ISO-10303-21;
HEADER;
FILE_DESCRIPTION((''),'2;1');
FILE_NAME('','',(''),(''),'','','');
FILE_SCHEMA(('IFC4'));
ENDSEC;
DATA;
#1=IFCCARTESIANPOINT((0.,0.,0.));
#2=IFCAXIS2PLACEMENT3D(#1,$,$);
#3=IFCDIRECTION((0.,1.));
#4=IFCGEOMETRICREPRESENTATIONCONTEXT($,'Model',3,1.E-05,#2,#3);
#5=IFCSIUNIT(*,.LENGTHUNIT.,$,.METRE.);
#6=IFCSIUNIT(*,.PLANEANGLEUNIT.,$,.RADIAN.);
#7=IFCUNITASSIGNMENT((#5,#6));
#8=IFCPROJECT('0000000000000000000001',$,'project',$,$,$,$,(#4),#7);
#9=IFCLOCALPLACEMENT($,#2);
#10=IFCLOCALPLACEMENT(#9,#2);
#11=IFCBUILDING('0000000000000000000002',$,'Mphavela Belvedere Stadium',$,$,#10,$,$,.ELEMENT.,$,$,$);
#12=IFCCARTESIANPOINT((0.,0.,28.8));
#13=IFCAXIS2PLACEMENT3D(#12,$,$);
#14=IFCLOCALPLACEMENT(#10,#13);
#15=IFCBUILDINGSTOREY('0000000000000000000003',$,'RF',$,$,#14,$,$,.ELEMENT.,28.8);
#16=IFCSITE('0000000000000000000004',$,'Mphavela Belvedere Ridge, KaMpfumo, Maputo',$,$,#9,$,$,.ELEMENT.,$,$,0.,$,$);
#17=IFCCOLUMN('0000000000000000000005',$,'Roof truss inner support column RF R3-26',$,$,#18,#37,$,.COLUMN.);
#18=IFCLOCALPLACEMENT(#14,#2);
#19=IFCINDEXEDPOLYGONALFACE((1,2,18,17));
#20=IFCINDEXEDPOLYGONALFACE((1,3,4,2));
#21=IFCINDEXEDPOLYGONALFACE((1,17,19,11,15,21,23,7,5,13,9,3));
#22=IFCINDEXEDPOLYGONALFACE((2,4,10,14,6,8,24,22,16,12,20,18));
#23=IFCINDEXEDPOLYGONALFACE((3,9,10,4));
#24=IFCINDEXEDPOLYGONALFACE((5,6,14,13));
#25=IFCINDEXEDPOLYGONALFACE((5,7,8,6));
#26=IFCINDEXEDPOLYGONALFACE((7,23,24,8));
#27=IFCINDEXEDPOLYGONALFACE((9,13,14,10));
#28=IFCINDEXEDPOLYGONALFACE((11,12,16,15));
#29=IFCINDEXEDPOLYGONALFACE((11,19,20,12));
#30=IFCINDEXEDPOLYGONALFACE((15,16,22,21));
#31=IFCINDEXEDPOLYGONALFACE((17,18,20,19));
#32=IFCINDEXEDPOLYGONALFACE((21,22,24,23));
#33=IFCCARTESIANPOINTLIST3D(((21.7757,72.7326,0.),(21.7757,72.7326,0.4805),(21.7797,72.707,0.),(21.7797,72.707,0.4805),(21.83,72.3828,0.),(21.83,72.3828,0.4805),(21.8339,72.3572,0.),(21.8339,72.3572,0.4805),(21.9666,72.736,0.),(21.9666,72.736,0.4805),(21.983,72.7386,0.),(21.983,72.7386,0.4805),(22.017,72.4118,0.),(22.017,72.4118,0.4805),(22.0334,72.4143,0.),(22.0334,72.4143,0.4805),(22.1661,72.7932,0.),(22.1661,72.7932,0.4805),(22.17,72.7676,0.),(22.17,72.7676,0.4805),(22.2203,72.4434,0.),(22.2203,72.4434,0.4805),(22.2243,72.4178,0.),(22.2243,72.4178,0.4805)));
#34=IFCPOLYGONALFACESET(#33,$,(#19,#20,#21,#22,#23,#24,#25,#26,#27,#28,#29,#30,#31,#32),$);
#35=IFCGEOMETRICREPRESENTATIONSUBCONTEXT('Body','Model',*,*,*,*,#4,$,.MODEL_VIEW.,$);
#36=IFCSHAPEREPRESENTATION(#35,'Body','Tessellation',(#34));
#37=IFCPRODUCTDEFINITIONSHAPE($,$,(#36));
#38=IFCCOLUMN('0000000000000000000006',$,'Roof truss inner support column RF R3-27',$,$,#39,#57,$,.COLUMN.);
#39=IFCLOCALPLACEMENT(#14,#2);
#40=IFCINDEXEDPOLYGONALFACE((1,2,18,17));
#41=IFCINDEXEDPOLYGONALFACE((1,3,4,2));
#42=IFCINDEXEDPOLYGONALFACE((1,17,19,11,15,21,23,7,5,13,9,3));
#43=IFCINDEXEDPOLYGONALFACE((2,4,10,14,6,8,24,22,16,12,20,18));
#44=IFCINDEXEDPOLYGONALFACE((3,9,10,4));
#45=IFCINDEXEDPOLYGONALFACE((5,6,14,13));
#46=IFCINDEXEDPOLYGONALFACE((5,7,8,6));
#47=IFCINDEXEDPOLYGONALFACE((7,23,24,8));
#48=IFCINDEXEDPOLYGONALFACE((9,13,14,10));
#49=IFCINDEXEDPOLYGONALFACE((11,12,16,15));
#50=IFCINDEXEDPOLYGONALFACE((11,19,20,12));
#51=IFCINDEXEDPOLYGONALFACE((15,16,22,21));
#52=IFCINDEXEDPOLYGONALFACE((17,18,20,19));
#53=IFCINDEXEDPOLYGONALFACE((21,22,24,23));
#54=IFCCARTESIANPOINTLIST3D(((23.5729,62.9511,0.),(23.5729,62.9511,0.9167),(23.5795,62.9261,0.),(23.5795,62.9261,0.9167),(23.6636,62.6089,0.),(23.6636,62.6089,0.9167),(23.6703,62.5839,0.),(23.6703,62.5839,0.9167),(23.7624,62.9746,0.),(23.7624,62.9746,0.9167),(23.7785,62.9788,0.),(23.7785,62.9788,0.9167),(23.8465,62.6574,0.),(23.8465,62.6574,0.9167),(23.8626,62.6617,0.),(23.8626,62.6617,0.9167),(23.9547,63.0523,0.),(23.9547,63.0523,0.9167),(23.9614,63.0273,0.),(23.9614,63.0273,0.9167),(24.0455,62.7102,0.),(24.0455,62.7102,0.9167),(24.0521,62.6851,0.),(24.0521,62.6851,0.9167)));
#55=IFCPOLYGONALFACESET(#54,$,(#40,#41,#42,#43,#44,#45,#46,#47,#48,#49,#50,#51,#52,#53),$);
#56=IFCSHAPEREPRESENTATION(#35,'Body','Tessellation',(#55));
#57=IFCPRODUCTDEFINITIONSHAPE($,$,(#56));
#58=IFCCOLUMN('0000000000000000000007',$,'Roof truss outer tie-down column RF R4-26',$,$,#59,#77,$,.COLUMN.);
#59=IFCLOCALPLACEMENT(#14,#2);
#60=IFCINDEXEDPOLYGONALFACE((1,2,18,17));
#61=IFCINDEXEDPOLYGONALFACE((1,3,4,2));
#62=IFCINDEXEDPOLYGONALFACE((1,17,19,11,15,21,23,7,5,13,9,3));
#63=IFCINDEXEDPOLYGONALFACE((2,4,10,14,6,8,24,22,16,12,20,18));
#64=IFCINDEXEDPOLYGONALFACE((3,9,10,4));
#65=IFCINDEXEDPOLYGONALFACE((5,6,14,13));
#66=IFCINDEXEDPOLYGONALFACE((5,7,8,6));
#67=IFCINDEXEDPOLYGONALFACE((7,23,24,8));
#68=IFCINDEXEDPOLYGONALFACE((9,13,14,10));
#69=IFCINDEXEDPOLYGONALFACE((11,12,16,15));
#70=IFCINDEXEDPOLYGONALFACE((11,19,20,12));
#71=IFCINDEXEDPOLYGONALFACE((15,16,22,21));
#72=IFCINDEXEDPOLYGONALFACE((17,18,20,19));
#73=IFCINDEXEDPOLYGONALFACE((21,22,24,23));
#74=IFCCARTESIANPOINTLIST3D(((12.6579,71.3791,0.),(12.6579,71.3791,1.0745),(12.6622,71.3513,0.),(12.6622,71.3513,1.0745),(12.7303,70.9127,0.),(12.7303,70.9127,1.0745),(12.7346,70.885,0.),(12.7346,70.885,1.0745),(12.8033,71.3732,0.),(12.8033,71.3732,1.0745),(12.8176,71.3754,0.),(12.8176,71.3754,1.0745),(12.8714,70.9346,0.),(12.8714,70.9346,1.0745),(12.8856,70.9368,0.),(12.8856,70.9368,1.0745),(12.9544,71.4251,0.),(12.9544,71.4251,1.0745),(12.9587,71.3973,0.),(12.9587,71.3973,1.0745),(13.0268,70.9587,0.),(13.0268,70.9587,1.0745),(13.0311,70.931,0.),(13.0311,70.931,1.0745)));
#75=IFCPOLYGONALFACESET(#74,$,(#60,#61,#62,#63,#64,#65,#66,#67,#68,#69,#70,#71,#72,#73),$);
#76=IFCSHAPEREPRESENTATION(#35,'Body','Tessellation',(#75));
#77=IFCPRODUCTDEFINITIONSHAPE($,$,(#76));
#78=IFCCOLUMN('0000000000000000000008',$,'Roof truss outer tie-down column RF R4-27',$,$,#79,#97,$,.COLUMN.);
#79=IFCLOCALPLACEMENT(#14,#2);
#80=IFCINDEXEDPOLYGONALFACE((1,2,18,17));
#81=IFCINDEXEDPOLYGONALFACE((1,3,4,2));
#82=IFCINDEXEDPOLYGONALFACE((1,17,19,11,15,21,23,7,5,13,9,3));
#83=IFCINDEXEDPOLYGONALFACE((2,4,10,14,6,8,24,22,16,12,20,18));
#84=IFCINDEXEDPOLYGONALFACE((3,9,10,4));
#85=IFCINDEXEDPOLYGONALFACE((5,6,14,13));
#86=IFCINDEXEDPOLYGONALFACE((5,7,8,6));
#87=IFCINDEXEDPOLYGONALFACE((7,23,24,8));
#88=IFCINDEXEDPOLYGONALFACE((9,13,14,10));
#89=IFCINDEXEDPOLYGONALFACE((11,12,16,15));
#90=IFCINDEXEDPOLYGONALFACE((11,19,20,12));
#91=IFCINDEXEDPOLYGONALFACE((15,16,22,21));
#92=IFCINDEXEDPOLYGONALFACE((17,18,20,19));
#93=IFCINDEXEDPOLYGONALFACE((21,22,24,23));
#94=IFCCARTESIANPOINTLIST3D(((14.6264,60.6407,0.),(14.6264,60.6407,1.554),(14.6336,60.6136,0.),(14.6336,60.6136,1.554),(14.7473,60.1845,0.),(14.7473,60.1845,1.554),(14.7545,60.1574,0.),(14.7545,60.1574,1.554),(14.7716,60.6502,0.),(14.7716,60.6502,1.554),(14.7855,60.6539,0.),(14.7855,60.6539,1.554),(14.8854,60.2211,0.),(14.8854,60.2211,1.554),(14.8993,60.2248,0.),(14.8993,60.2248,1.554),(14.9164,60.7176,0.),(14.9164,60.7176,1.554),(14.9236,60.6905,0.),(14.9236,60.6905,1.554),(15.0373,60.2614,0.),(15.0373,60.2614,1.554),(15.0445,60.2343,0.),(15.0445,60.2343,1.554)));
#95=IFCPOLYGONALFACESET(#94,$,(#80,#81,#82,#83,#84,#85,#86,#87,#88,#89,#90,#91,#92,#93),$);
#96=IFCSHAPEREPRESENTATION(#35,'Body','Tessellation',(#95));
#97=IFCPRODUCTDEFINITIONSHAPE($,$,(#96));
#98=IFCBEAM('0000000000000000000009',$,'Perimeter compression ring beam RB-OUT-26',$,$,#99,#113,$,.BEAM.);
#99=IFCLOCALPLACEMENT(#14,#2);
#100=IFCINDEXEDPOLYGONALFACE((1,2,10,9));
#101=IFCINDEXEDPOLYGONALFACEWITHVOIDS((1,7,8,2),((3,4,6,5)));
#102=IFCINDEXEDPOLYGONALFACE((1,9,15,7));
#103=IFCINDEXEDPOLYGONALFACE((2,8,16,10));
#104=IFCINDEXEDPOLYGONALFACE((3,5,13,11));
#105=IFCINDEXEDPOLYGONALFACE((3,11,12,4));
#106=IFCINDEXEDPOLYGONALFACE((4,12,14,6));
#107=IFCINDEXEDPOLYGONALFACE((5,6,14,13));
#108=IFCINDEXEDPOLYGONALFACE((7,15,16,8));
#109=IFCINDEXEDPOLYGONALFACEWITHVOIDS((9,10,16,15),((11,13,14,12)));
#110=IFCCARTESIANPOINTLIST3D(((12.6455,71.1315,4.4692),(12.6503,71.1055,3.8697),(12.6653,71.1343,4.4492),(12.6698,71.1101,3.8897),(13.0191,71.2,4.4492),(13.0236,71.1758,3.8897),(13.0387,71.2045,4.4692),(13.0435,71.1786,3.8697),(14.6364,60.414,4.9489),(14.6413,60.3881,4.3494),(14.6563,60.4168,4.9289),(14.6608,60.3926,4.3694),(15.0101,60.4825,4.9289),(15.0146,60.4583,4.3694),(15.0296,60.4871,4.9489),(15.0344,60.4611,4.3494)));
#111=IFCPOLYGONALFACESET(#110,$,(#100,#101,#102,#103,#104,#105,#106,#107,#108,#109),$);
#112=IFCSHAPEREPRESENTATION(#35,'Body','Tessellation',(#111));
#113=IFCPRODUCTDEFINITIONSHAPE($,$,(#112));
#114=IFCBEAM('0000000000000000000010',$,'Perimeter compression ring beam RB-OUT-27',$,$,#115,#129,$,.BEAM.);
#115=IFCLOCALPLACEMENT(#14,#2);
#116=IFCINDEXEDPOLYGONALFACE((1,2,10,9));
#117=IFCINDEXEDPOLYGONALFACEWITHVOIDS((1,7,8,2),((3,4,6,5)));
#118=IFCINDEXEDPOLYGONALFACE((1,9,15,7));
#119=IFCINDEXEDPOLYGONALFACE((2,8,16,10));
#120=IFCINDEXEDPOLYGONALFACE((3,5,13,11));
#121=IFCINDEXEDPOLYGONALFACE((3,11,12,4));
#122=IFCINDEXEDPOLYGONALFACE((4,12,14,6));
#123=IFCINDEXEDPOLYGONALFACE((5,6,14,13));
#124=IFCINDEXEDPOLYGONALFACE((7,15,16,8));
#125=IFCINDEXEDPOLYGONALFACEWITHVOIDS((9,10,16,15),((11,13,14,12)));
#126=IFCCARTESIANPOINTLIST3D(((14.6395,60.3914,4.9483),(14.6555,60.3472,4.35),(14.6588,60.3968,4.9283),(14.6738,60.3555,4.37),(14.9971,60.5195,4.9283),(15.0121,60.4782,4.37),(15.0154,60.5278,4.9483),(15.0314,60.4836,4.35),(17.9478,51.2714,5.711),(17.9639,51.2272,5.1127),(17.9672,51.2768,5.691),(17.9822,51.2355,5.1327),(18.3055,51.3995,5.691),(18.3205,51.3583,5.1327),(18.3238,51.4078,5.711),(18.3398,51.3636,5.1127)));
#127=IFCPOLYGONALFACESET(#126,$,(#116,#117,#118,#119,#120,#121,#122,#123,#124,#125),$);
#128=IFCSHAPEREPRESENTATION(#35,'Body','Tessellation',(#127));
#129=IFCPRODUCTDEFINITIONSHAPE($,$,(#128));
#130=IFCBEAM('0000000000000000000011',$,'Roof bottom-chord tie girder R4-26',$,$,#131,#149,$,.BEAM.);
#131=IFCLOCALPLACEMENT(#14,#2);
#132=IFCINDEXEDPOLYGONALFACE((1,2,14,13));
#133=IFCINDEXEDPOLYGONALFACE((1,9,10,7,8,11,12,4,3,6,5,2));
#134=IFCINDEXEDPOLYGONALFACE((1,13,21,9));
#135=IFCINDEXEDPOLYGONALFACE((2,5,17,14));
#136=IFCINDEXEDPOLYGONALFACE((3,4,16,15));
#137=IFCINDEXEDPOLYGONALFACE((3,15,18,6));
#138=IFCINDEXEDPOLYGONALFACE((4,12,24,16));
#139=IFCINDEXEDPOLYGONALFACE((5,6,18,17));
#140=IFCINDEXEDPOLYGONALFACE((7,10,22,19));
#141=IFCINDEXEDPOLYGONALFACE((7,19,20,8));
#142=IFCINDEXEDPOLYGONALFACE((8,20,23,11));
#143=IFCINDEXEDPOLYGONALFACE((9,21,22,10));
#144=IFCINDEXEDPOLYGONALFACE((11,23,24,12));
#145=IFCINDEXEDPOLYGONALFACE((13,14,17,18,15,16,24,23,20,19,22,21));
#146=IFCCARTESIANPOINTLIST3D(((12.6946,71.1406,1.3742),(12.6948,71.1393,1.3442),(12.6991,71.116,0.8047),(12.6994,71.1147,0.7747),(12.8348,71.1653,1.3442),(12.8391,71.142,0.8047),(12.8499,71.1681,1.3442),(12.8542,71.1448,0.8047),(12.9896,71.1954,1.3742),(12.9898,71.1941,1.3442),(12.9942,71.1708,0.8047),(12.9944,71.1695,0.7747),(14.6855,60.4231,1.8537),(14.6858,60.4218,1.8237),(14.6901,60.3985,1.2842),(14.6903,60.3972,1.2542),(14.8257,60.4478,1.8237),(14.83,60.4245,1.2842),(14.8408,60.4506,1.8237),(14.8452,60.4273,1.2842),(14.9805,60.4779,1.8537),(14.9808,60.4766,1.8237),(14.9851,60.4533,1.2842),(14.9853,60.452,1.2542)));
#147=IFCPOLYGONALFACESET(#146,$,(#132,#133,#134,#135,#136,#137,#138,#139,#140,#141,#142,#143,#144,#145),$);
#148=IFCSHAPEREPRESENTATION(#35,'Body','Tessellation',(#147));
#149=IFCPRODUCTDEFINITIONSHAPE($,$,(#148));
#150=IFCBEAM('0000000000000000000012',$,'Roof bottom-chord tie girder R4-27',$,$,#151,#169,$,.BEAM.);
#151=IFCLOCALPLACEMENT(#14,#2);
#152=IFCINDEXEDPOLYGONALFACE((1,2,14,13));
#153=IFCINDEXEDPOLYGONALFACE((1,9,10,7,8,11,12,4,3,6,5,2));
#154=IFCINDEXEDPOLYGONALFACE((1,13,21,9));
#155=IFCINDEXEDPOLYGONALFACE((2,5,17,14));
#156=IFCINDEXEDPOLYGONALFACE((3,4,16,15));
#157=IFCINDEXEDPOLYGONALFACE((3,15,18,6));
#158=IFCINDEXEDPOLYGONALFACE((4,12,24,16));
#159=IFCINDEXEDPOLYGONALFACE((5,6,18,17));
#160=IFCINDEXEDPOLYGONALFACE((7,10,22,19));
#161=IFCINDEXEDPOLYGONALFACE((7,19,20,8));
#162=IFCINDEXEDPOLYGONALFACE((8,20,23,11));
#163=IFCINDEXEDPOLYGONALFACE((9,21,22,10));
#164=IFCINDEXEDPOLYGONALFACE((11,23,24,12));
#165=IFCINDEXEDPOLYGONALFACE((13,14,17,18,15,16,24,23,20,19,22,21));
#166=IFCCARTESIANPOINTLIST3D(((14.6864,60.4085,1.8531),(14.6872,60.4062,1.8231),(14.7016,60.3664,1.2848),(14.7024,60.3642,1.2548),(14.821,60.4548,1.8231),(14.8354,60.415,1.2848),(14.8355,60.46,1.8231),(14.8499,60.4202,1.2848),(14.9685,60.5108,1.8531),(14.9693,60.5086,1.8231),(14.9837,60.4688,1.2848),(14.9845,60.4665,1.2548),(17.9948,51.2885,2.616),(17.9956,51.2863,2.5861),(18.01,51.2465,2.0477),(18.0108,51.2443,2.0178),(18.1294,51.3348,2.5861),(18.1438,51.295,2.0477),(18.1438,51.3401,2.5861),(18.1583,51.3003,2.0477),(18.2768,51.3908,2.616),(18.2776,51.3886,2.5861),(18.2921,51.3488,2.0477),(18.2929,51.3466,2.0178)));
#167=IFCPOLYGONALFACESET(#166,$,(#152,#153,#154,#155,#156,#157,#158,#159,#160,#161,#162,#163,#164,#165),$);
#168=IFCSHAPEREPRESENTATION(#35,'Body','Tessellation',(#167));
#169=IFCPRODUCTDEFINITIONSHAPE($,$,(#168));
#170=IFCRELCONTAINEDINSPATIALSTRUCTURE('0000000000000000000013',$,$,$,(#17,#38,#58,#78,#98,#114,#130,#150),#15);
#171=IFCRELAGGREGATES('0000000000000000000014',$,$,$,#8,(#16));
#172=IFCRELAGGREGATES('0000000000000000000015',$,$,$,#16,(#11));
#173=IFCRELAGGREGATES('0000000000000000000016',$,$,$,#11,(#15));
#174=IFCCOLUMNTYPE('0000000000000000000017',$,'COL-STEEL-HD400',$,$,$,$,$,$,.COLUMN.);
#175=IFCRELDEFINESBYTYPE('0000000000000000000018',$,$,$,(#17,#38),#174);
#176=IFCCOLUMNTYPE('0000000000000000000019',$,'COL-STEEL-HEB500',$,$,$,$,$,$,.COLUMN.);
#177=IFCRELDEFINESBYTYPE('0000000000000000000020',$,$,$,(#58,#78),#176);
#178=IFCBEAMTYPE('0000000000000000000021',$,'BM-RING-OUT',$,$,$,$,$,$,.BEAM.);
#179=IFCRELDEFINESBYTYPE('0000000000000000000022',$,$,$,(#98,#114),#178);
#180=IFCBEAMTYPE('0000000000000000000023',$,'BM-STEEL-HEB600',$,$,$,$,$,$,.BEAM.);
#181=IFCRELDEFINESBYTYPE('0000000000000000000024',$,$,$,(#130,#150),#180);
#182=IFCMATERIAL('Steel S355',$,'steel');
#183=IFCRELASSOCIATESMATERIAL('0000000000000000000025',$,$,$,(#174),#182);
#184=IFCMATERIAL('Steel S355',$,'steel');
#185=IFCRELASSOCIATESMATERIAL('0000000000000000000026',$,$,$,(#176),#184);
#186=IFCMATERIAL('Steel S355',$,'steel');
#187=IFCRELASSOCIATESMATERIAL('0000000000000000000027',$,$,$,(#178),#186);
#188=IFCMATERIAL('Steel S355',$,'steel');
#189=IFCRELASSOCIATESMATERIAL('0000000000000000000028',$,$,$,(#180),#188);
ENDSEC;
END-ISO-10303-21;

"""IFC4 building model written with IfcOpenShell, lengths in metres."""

from ifc_helpers import new_model, si_unit, direction, frame, origin, origin_2d, place, context, subcontext, project, spatial, hollow_rectangle, i_section, extrude, material, material_profile, profile_set, type_object, element, save


model = new_model("IFC4")

# Units and contexts
model_context = context("Model", 3, precision=1e-05, world=origin(), true_north=direction((0.0, 1.0)))
body_context = subcontext(model_context, "Body", "Model", "MODEL_VIEW")
ifc_project = project(units=[si_unit("LENGTHUNIT", "METRE"), si_unit("PLANEANGLEUNIT", "RADIAN")], contexts=[model_context])

# Site, building, storey
site_placement = place(None, origin())
site = spatial("IfcSite", under=ifc_project, at=site_placement, Name="Mphavela Belvedere Ridge, KaMpfumo, Maputo", CompositionType="ELEMENT", RefElevation=0.0)
building_placement = place(site_placement, origin())
building = spatial("IfcBuilding", under=site, at=building_placement, Name="Mphavela Belvedere Stadium", CompositionType="ELEMENT")
storey_placement = place(building_placement, frame((0.0, 0.0, 28.8)))
storey = spatial("IfcBuildingStorey", under=building, at=storey_placement, Name="RF", CompositionType="ELEMENT", Elevation=28.8)

# Columns
ifc_material_1 = material(Name="Steel S355", Category="steel")
ifc_material_profile_1 = material_profile(ifc_material_1, i_section(OverallWidth=0.395, OverallDepth=0.3799, WebThickness=0.0166, FlangeThickness=0.0259, at=origin_2d()), Name="HD 400x237")
ifc_profile_set_1 = profile_set([ifc_material_profile_1], Name="Steel S355")
column_type_1 = type_object("IfcColumnType", Name="COL-STEEL-HD400", PredefinedType="COLUMN", material=ifc_profile_set_1)
column_1_placement = place(storey_placement, frame((22.0, 72.5752, 0.0), z_axis=(0.0, 0.0, 1.0), x_axis=(-0.988175, -0.153331, 0.0)))
element("IfcColumn", 1, at=column_1_placement, inside=storey, type_object=column_type_1, Name="Roof truss inner support column RF R3-26", PredefinedType="COLUMN", context=body_context, shape_type="SweptSolid", body=[
    extrude(i_section(OverallWidth=0.395, OverallDepth=0.3799, WebThickness=0.0166, FlangeThickness=0.0259, at=origin_2d()), origin(), (0.0, 0.0, 1.0), 0.4805),
])
column_2_placement = place(storey_placement, frame((23.8125, 62.8181, 0.0), z_axis=(0.0, 0.0, 1.0), x_axis=(-0.9666, -0.256289, 0.0)))
element("IfcColumn", 2, at=column_2_placement, inside=storey, type_object=column_type_1, Name="Roof truss inner support column RF R3-27", PredefinedType="COLUMN", context=body_context, shape_type="SweptSolid", body=[
    extrude(i_section(OverallWidth=0.395, OverallDepth=0.3799, WebThickness=0.0166, FlangeThickness=0.0259, at=origin_2d()), origin(), (0.0, 0.0, 1.0), 0.9167),
])
ifc_material_2 = material(Name="Steel S355", Category="steel")
ifc_material_profile_2 = material_profile(ifc_material_2, i_section(OverallWidth=0.3, OverallDepth=0.5, WebThickness=0.0144, FlangeThickness=0.0281, at=origin_2d()), Name="HEB 500")
ifc_profile_set_2 = profile_set([ifc_material_profile_2], Name="Steel S355")
column_type_2 = type_object("IfcColumnType", Name="COL-STEEL-HEB500", PredefinedType="COLUMN", material=ifc_profile_set_2)
column_3_placement = place(storey_placement, frame((12.8445, 71.155, 0.0), z_axis=(0.0, 0.0, 1.0), x_axis=(-0.988175, -0.153331, 0.0)))
element("IfcColumn", 3, at=column_3_placement, inside=storey, type_object=column_type_2, Name="Roof truss outer tie-down column RF R4-26", PredefinedType="COLUMN", context=body_context, shape_type="SweptSolid", body=[
    extrude(i_section(OverallWidth=0.3, OverallDepth=0.5, WebThickness=0.0144, FlangeThickness=0.0281, at=origin_2d()), origin(), (0.0, 0.0, 1.0), 1.0745),
])
column_4_placement = place(storey_placement, frame((14.8354, 60.4375, 0.0), z_axis=(0.0, 0.0, 1.0), x_axis=(-0.9666, -0.256289, 0.0)))
element("IfcColumn", 4, at=column_4_placement, inside=storey, type_object=column_type_2, Name="Roof truss outer tie-down column RF R4-27", PredefinedType="COLUMN", context=body_context, shape_type="SweptSolid", body=[
    extrude(i_section(OverallWidth=0.3, OverallDepth=0.5, WebThickness=0.0144, FlangeThickness=0.0281, at=origin_2d()), origin(), (0.0, 0.0, 1.0), 1.554),
])

# Beams
ifc_material_3 = material(Name="Steel S355", Category="steel")
ifc_material_profile_3 = material_profile(ifc_material_3, hollow_rectangle(XDim=0.3999, YDim=0.6001, WallThickness=0.02, at=origin_2d()), Name="RHS 600x400x20")
ifc_profile_set_3 = profile_set([ifc_material_profile_3], Name="Steel S355")
beam_type_1 = type_object("IfcBeamType", Name="BM-RING-OUT", PredefinedType="BEAM", material=ifc_profile_set_3)
beam_1_placement = place(storey_placement, frame((12.8445, 71.155, 4.1694), z_axis=(0.182466, -0.982229, 0.043966), x_axis=(0.983179, 0.182643, 0.0)))
element("IfcBeam", 5, at=beam_1_placement, inside=storey, type_object=beam_type_1, Name="Perimeter compression ring beam RB-OUT-26", PredefinedType="BEAM", context=body_context, shape_type="SweptSolid", body=[
    extrude(hollow_rectangle(XDim=0.3999, YDim=0.6001, WallThickness=0.02, at=origin_2d()), origin(), (0.0, 0.0, 1.0), 10.9114),
])
beam_2_placement = place(storey_placement, frame((14.8354, 60.4375, 4.6492), z_axis=(0.339969, -0.937165, 0.078375), x_axis=(0.940057, 0.341018, 0.0)))
element("IfcBeam", 6, at=beam_2_placement, inside=storey, type_object=beam_type_1, Name="Perimeter compression ring beam RB-OUT-27", PredefinedType="BEAM", context=body_context, shape_type="SweptSolid", body=[
    extrude(hollow_rectangle(XDim=0.3999, YDim=0.6001, WallThickness=0.02, at=origin_2d()), origin(), (0.0, 0.0, 1.0), 9.7314),
])
ifc_material_4 = material(Name="Steel S355", Category="steel")
ifc_material_profile_4 = material_profile(ifc_material_4, i_section(OverallWidth=0.3, OverallDepth=0.6001, WebThickness=0.0154, FlangeThickness=0.03, at=origin_2d()), Name="HEB 600")
ifc_profile_set_4 = profile_set([ifc_material_profile_4], Name="Steel S355")
beam_type_2 = type_object("IfcBeamType", Name="BM-STEEL-HEB600", PredefinedType="BEAM", material=ifc_profile_set_4)
beam_3_placement = place(storey_placement, frame((12.8445, 71.155, 1.0745), z_axis=(0.182466, -0.98223, 0.043944), x_axis=(0.983179, 0.182643, 0.0)))
element("IfcBeam", 7, at=beam_3_placement, inside=storey, type_object=beam_type_2, Name="Roof bottom-chord tie girder R4-26", PredefinedType="BEAM", context=body_context, shape_type="SweptSolid", body=[
    extrude(i_section(OverallWidth=0.3, OverallDepth=0.6001, WebThickness=0.0154, FlangeThickness=0.03, at=origin_2d()), origin(), (0.0, 0.0, 1.0), 10.9114),
])
beam_4_placement = place(storey_placement, frame((14.8354, 60.4375, 1.554), z_axis=(0.339968, -0.937163, 0.0784), x_axis=(0.940057, 0.341018, 0.0)))
element("IfcBeam", 8, at=beam_4_placement, inside=storey, type_object=beam_type_2, Name="Roof bottom-chord tie girder R4-27", PredefinedType="BEAM", context=body_context, shape_type="SweptSolid", body=[
    extrude(i_section(OverallWidth=0.3, OverallDepth=0.6001, WebThickness=0.0154, FlangeThickness=0.03, at=origin_2d()), origin(), (0.0, 0.0, 1.0), 9.7314),
])

save(model, "model.ifc")
